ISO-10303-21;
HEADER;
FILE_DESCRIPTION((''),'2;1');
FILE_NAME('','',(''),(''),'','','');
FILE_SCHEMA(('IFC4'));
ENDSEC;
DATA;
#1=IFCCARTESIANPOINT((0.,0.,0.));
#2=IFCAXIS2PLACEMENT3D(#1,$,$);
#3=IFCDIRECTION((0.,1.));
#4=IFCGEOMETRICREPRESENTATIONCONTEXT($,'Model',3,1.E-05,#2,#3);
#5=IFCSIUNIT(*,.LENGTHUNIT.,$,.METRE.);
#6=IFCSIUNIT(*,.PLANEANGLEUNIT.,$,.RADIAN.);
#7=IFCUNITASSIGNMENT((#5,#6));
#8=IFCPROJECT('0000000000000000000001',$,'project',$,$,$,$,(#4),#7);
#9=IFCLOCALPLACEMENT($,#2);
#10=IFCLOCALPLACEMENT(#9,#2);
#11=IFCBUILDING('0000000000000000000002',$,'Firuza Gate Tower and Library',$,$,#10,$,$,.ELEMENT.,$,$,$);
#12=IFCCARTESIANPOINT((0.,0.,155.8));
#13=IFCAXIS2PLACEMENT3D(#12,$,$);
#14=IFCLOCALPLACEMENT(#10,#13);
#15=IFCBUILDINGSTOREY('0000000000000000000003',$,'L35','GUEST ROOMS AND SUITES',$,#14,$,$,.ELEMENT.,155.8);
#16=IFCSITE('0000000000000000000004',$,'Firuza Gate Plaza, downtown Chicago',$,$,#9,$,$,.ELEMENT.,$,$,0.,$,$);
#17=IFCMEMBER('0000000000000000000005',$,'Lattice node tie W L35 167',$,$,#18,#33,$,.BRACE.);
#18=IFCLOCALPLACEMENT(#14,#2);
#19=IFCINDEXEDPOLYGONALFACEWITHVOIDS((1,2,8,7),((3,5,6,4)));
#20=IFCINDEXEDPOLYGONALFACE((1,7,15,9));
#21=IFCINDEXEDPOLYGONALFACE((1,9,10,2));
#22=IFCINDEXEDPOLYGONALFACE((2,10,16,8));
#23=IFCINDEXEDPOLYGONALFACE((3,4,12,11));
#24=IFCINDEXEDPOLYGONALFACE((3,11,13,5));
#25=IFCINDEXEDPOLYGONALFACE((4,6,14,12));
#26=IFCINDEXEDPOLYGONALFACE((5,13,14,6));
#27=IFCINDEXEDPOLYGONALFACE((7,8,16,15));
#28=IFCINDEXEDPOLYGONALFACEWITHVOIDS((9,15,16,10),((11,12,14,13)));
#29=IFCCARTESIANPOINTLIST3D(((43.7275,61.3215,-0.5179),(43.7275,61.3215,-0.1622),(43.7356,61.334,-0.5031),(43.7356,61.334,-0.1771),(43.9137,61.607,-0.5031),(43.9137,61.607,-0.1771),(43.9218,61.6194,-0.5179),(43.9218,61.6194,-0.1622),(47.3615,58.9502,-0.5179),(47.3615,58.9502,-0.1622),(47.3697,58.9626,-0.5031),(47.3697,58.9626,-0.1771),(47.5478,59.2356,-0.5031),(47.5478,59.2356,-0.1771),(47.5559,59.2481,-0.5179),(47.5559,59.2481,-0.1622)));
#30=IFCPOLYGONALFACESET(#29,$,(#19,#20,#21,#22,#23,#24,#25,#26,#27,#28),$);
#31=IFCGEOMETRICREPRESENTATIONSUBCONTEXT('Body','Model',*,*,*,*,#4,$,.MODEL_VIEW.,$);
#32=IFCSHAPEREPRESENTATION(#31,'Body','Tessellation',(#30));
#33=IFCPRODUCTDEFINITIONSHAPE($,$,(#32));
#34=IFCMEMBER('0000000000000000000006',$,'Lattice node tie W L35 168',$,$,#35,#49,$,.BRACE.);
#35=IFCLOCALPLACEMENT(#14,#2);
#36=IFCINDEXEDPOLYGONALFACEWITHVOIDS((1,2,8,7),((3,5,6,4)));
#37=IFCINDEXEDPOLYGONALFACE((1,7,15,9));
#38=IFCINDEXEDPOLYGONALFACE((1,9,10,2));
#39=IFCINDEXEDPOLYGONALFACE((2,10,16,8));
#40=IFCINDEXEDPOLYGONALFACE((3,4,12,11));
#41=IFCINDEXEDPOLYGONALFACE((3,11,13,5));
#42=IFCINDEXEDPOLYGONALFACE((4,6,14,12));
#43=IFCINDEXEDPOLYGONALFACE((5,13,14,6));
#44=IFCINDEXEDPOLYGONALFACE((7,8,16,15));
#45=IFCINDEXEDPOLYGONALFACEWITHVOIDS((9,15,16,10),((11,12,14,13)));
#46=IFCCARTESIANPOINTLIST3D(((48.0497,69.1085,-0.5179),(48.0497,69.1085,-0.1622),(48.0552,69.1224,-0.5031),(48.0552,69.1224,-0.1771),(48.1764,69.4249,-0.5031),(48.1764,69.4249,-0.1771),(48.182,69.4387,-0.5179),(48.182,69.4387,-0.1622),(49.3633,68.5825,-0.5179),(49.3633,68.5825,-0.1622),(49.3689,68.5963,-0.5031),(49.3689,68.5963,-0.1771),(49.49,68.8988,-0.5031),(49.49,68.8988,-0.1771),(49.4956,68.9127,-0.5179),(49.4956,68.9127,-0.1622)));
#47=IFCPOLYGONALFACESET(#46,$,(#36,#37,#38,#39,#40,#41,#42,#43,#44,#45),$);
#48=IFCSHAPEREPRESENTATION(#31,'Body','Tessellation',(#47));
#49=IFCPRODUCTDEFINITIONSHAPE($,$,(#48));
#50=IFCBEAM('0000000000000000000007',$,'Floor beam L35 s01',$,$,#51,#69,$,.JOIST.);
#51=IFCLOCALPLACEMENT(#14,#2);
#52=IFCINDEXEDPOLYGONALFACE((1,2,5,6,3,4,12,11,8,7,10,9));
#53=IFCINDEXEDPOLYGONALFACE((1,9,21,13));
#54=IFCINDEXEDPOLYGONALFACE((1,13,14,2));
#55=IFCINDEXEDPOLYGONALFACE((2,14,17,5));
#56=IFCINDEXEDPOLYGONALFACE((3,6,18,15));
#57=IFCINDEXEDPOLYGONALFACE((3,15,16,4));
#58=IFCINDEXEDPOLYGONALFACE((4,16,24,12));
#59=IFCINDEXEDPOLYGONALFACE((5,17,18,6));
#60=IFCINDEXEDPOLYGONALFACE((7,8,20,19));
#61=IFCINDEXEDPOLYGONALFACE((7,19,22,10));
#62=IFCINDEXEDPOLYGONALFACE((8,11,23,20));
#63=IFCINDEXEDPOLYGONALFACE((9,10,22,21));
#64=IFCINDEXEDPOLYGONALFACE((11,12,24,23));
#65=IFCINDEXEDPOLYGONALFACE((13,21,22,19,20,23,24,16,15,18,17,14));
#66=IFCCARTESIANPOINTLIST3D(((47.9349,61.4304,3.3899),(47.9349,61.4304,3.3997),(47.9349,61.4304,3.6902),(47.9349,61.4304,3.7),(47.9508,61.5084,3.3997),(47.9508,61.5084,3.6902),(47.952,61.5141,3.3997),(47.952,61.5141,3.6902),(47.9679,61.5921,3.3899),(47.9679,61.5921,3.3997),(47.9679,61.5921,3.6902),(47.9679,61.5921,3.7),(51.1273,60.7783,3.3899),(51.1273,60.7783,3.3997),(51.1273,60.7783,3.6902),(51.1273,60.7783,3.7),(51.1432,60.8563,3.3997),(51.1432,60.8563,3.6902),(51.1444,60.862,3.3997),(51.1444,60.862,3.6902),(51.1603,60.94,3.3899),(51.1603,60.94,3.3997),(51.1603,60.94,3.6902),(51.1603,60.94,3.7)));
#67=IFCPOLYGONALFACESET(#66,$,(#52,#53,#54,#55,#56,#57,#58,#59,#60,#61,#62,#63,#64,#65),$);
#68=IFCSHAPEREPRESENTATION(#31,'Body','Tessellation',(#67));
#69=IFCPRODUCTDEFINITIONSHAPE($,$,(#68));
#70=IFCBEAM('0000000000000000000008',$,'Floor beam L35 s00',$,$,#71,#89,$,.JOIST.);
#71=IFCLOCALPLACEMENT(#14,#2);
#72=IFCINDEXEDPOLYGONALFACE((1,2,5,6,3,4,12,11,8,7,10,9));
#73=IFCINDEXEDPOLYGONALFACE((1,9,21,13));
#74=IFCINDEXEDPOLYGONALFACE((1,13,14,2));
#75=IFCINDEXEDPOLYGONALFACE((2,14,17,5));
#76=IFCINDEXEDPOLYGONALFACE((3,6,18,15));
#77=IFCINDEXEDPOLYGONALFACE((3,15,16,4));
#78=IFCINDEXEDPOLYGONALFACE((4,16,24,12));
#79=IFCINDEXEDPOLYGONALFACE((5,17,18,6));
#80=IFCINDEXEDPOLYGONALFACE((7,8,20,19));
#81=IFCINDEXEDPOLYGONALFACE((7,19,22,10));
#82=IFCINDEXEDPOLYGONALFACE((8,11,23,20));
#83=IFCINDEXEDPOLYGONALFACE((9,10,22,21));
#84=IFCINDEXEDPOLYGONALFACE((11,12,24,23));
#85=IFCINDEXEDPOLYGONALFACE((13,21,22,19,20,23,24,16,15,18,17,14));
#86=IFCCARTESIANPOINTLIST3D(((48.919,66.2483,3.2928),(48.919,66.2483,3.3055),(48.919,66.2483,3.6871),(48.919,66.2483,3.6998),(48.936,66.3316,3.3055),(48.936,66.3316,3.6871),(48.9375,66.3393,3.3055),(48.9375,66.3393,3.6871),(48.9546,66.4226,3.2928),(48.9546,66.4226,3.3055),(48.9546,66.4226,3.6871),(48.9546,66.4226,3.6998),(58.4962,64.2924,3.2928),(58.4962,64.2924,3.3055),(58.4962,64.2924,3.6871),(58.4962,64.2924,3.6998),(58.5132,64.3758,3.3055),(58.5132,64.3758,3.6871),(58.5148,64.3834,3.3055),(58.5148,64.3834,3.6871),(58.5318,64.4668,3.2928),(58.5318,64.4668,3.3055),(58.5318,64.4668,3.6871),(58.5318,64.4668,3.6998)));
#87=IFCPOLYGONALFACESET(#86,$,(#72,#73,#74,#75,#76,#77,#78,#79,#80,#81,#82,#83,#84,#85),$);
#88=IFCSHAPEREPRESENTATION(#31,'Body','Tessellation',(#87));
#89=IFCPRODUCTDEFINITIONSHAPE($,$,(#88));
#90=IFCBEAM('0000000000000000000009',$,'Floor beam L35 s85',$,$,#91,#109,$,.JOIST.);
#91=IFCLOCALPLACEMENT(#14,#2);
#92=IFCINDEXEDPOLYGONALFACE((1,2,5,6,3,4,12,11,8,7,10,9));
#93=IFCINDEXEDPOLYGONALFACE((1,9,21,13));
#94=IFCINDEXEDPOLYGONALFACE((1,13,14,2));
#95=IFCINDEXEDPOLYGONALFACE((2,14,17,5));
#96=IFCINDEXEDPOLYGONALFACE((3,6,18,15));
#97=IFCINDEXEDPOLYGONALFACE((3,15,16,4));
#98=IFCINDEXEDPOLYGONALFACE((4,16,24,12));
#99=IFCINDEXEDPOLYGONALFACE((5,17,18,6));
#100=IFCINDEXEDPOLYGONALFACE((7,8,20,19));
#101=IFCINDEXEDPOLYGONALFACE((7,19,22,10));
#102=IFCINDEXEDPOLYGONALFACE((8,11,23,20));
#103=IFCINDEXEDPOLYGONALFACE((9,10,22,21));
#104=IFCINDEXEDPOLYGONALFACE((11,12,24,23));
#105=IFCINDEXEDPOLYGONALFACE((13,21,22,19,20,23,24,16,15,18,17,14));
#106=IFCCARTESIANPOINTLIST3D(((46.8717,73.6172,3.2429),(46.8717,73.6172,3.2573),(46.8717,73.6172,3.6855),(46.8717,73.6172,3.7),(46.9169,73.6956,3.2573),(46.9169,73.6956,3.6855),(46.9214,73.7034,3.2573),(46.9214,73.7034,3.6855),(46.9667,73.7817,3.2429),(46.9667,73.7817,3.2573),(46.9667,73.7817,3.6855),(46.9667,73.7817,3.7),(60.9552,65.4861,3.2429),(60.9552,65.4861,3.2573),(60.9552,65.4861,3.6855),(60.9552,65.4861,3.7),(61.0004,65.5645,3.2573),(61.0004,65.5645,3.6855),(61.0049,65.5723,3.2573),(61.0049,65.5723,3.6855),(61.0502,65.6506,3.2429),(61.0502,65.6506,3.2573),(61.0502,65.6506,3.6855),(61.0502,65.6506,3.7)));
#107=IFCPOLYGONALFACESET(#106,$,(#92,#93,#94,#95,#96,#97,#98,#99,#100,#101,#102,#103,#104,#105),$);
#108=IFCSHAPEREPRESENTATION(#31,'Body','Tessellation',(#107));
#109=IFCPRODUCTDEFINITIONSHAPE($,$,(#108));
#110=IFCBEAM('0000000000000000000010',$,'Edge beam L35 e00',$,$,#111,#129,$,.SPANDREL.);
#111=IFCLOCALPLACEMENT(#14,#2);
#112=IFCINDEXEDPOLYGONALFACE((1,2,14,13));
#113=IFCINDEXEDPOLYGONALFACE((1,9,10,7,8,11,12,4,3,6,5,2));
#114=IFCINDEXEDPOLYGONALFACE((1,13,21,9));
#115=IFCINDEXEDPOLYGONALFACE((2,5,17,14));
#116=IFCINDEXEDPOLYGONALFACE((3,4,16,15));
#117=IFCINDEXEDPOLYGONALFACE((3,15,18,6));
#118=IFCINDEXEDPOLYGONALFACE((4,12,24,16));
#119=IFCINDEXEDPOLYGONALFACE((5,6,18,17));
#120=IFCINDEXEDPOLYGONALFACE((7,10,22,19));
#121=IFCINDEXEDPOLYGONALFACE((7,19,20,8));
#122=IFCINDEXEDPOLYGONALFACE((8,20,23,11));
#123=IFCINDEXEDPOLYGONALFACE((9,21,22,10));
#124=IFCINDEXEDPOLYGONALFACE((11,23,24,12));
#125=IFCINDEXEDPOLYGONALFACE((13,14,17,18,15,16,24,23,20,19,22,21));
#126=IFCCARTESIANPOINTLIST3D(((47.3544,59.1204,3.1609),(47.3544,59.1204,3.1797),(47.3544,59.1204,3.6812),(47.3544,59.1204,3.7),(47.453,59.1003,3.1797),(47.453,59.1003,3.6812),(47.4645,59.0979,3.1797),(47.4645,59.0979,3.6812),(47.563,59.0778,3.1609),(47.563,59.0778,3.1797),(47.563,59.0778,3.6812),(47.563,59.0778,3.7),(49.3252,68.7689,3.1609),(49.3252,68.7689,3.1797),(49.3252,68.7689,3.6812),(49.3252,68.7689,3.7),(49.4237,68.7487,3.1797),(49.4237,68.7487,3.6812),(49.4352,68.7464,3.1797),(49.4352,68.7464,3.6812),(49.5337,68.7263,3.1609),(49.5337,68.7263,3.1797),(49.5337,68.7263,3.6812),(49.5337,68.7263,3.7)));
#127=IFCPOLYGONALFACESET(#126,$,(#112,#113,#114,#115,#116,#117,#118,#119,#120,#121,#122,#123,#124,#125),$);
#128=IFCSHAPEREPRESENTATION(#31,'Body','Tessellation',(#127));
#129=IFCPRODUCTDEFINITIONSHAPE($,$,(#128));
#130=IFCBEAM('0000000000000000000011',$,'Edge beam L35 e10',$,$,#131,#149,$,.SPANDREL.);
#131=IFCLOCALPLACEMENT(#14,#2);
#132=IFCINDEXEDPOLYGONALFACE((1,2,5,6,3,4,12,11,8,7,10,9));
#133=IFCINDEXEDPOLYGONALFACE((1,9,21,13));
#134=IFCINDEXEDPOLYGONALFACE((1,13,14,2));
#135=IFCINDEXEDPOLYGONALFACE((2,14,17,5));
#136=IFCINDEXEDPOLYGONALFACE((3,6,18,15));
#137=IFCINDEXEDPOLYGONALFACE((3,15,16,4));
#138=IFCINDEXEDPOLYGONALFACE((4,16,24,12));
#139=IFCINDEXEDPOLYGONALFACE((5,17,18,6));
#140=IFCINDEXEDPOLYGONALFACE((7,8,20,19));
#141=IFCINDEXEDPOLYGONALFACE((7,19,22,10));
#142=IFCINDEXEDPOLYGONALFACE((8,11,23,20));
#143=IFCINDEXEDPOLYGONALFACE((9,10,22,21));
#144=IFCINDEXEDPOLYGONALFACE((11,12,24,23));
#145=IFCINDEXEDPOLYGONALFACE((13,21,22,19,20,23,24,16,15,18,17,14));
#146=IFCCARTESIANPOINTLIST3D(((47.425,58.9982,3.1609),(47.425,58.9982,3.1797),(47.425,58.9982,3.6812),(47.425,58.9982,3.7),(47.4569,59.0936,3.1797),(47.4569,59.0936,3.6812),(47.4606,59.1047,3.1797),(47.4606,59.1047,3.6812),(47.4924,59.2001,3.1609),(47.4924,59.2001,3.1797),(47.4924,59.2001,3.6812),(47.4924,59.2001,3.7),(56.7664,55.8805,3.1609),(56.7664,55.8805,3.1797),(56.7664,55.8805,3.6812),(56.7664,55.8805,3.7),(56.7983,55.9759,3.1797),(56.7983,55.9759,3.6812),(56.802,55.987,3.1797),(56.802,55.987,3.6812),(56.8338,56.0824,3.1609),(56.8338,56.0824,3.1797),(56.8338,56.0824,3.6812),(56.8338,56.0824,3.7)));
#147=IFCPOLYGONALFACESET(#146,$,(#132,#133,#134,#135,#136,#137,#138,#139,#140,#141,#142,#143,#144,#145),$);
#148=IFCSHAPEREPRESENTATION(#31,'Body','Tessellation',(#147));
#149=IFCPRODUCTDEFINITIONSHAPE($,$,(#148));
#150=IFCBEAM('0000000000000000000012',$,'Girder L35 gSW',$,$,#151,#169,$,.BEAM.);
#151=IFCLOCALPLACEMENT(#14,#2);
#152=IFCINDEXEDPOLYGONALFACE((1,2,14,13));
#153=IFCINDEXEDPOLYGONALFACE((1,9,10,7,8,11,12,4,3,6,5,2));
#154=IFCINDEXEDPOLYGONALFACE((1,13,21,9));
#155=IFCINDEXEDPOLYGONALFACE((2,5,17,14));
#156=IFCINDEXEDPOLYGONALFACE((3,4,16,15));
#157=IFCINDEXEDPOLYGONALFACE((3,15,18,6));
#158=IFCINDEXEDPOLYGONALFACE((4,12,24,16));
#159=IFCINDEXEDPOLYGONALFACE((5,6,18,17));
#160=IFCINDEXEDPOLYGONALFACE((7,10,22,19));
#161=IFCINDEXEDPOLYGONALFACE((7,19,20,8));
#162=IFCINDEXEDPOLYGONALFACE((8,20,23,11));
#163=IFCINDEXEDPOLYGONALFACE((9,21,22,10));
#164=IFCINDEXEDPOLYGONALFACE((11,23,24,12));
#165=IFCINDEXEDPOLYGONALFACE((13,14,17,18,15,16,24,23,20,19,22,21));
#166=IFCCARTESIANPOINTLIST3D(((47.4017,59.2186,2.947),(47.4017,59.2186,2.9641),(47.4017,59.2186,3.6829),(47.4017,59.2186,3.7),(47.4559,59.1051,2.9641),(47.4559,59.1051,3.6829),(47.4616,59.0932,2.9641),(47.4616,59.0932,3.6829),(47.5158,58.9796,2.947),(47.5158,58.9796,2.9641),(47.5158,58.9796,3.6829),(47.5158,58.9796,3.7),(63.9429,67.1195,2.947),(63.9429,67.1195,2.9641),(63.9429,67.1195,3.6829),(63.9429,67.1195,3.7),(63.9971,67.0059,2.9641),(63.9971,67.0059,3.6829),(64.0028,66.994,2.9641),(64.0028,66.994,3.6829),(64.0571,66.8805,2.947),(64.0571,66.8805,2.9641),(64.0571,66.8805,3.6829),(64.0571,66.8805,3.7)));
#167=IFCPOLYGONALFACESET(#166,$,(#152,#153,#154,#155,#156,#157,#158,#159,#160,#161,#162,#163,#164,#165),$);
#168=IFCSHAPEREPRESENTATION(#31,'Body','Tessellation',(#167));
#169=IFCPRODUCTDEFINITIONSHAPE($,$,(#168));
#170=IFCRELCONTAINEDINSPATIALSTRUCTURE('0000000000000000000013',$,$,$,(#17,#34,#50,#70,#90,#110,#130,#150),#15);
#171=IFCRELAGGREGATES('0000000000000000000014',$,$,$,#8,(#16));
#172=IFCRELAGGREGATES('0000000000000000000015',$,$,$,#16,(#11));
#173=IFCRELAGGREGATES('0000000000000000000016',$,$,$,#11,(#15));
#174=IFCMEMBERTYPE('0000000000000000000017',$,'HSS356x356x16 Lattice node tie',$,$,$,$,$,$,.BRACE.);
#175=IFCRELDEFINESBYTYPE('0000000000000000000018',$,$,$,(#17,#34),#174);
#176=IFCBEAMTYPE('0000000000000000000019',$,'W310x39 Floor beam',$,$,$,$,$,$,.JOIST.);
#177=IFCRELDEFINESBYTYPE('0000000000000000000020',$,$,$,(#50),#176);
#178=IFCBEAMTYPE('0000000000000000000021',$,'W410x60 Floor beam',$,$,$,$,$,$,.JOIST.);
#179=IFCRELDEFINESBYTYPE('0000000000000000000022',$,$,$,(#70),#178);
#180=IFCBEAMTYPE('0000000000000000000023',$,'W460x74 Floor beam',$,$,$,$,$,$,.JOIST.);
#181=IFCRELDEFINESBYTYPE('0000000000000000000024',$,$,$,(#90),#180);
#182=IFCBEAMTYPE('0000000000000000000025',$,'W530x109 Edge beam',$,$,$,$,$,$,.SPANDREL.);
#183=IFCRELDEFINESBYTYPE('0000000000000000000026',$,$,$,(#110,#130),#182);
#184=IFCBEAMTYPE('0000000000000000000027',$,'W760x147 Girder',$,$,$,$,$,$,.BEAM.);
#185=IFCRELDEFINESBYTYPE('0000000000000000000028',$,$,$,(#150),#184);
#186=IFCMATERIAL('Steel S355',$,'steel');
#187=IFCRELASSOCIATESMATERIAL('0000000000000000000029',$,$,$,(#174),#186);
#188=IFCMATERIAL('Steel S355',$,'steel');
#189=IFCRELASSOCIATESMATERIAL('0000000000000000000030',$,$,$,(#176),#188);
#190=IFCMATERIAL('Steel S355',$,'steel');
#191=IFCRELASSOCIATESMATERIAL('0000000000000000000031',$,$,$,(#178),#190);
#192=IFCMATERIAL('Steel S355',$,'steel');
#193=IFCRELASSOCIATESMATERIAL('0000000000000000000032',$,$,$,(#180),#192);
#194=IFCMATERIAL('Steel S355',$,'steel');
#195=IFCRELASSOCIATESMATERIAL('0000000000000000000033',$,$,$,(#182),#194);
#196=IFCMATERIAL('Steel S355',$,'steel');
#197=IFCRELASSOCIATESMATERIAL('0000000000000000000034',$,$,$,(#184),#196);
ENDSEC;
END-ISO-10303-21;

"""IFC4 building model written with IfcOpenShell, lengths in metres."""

from ifc_helpers import new_model, si_unit, direction, frame, origin, origin_2d, place, context, subcontext, project, spatial, hollow_rectangle, i_section, extrude, material, material_profile, profile_set, type_object, element, save


model = new_model("IFC4")

# Units and contexts
model_context = context("Model", 3, precision=1e-05, world=origin(), true_north=direction((0.0, 1.0)))
body_context = subcontext(model_context, "Body", "Model", "MODEL_VIEW")
ifc_project = project(units=[si_unit("LENGTHUNIT", "METRE"), si_unit("PLANEANGLEUNIT", "RADIAN")], contexts=[model_context])

# Site, building, storey
site_placement = place(None, origin())
site = spatial("IfcSite", under=ifc_project, at=site_placement, Name="Firuza Gate Plaza, downtown Chicago", CompositionType="ELEMENT", RefElevation=0.0)
building_placement = place(site_placement, origin())
building = spatial("IfcBuilding", under=site, at=building_placement, Name="Firuza Gate Tower and Library", CompositionType="ELEMENT")
storey_placement = place(building_placement, frame((0.0, 0.0, 155.8)))
storey = spatial("IfcBuildingStorey", under=building, at=storey_placement, Name="L35", Description="GUEST ROOMS AND SUITES", CompositionType="ELEMENT", Elevation=155.8)

# Members
ifc_material_1 = material(Name="Steel S355", Category="steel")
ifc_material_profile_1 = material_profile(ifc_material_1, hollow_rectangle(XDim=0.3557, YDim=0.3557, WallThickness=0.0149, at=origin_2d()))
ifc_profile_set_1 = profile_set([ifc_material_profile_1], Name="Steel S355")
member_type_1 = type_object("IfcMemberType", Name="HSS356x356x16 Lattice node tie", PredefinedType="BRACE", material=ifc_profile_set_1)
member_1_placement = place(storey_placement, frame((47.4587, 59.0991, -0.3401), z_axis=(-0.837472, 0.546481, 0.0), x_axis=(-0.546481, -0.837472, 0.0)))
element("IfcMember", 1, at=member_1_placement, inside=storey, type_object=member_type_1, Name="Lattice node tie W L35 167", PredefinedType="BRACE", context=body_context, shape_type="SweptSolid", body=[
    extrude(hollow_rectangle(XDim=0.3557, YDim=0.3557, WallThickness=0.0149, at=origin_2d()), origin(), (0.0, 0.0, 1.0), 4.3394),
])
member_2_placement = place(storey_placement, frame((49.4294, 68.7476, -0.3401), z_axis=(-0.928322, 0.371777, 0.0), x_axis=(-0.371777, -0.928322, 0.0)))
element("IfcMember", 2, at=member_2_placement, inside=storey, type_object=member_type_1, Name="Lattice node tie W L35 168", PredefinedType="BRACE", context=body_context, shape_type="SweptSolid", body=[
    extrude(hollow_rectangle(XDim=0.3557, YDim=0.3557, WallThickness=0.0149, at=origin_2d()), origin(), (0.0, 0.0, 1.0), 1.415),
])

# Beams
ifc_material_2 = material(Name="Steel S355", Category="steel")
ifc_material_profile_2 = material_profile(ifc_material_2, i_section(OverallWidth=0.165, OverallDepth=0.3101, WebThickness=0.0059, FlangeThickness=0.0098, at=origin_2d()))
ifc_profile_set_2 = profile_set([ifc_material_profile_2], Name="Steel S355")
beam_type_1 = type_object("IfcBeamType", Name="W310x39 Floor beam", PredefinedType="JOIST", material=ifc_profile_set_2)
beam_1_placement = place(storey_placement, frame((47.9514, 61.5112, 3.5449), z_axis=(0.979768, -0.200135, 0.0), x_axis=(0.200135, 0.979768, 0.0)))
element("IfcBeam", 3, at=beam_1_placement, inside=storey, type_object=beam_type_1, Name="Floor beam L35 s01", PredefinedType="JOIST", context=body_context, shape_type="SweptSolid", body=[
    extrude(i_section(OverallWidth=0.165, OverallDepth=0.3101, WebThickness=0.0059, FlangeThickness=0.0098, at=origin_2d()), origin(), (0.0, 0.0, 1.0), 3.2583),
])
ifc_material_3 = material(Name="Steel S355", Category="steel")
ifc_material_profile_3 = material_profile(ifc_material_3, i_section(OverallWidth=0.178, OverallDepth=0.407, WebThickness=0.0078, FlangeThickness=0.0127, at=origin_2d()))
ifc_profile_set_3 = profile_set([ifc_material_profile_3], Name="Steel S355")
beam_type_2 = type_object("IfcBeamType", Name="W410x60 Floor beam", PredefinedType="JOIST", material=ifc_profile_set_3)
beam_2_placement = place(storey_placement, frame((48.9368, 66.3354, 3.4963), z_axis=(0.979778, -0.200087, 0.0), x_axis=(0.200087, 0.979778, 0.0)))
element("IfcBeam", 4, at=beam_2_placement, inside=storey, type_object=beam_type_2, Name="Floor beam L35 s00", PredefinedType="JOIST", context=body_context, shape_type="SweptSolid", body=[
    extrude(i_section(OverallWidth=0.178, OverallDepth=0.407, WebThickness=0.0078, FlangeThickness=0.0127, at=origin_2d()), origin(), (0.0, 0.0, 1.0), 9.7749),
])
ifc_material_4 = material(Name="Steel S355", Category="steel")
ifc_material_profile_4 = material_profile(ifc_material_4, i_section(OverallWidth=0.1899, OverallDepth=0.457, WebThickness=0.009, FlangeThickness=0.0144, at=origin_2d()))
ifc_profile_set_4 = profile_set([ifc_material_profile_4], Name="Steel S355")
beam_type_3 = type_object("IfcBeamType", Name="W460x74 Floor beam", PredefinedType="JOIST", material=ifc_profile_set_4)
beam_3_placement = place(storey_placement, frame((46.9192, 73.6995, 3.4714), z_axis=(0.866026, -0.5, 0.0), x_axis=(0.5, 0.866026, 0.0)))
element("IfcBeam", 5, at=beam_3_placement, inside=storey, type_object=beam_type_3, Name="Floor beam L35 s85", PredefinedType="JOIST", context=body_context, shape_type="SweptSolid", body=[
    extrude(i_section(OverallWidth=0.1899, OverallDepth=0.457, WebThickness=0.009, FlangeThickness=0.0144, at=origin_2d()), origin(), (0.0, 0.0, 1.0), 16.2622),
])
ifc_material_5 = material(Name="Steel S355", Category="steel")
ifc_material_profile_5 = material_profile(ifc_material_5, i_section(OverallWidth=0.2129, OverallDepth=0.5391, WebThickness=0.0117, FlangeThickness=0.0188, at=origin_2d()))
ifc_profile_set_5 = profile_set([ifc_material_profile_5], Name="Steel S355")
beam_type_4 = type_object("IfcBeamType", Name="W530x109 Edge beam", PredefinedType="SPANDREL", material=ifc_profile_set_5)
beam_4_placement = place(storey_placement, frame((49.4294, 68.7476, 3.4304), z_axis=(-0.200119, -0.979772, 0.0), x_axis=(0.979772, -0.200119, 0.0)))
element("IfcBeam", 6, at=beam_4_placement, inside=storey, type_object=beam_type_4, Name="Edge beam L35 e00", PredefinedType="SPANDREL", context=body_context, shape_type="SweptSolid", body=[
    extrude(i_section(OverallWidth=0.2129, OverallDepth=0.5391, WebThickness=0.0117, FlangeThickness=0.0188, at=origin_2d()), origin(), (0.0, 0.0, 1.0), 9.8477),
])
beam_5_placement = place(storey_placement, frame((47.4587, 59.0991, 3.4304), z_axis=(0.948564, -0.316585, 0.0), x_axis=(0.316585, 0.948564, 0.0)))
element("IfcBeam", 7, at=beam_5_placement, inside=storey, type_object=beam_type_4, Name="Edge beam L35 e10", PredefinedType="SPANDREL", context=body_context, shape_type="SweptSolid", body=[
    extrude(i_section(OverallWidth=0.2129, OverallDepth=0.5391, WebThickness=0.0117, FlangeThickness=0.0188, at=origin_2d()), origin(), (0.0, 0.0, 1.0), 9.8479),
])
ifc_material_6 = material(Name="Steel S355", Category="steel")
ifc_material_profile_6 = material_profile(ifc_material_6, i_section(OverallWidth=0.2649, OverallDepth=0.7529, WebThickness=0.0132, FlangeThickness=0.0171, at=origin_2d()))
ifc_profile_set_6 = profile_set([ifc_material_profile_6], Name="Steel S355")
beam_type_5 = type_object("IfcBeamType", Name="W760x147 Girder", PredefinedType="BEAM", material=ifc_profile_set_6)
beam_6_placement = place(storey_placement, frame((47.4587, 59.0991, 3.3235), z_axis=(0.90235, 0.431004, 0.0), x_axis=(-0.431004, 0.90235, 0.0)))
element("IfcBeam", 8, at=beam_6_placement, inside=storey, type_object=beam_type_5, Name="Girder L35 gSW", PredefinedType="BEAM", context=body_context, shape_type="SweptSolid", body=[
    extrude(i_section(OverallWidth=0.2649, OverallDepth=0.7529, WebThickness=0.0132, FlangeThickness=0.0171, at=origin_2d()), origin(), (0.0, 0.0, 1.0), 18.3313),
])

save(model, "model.ifc")
